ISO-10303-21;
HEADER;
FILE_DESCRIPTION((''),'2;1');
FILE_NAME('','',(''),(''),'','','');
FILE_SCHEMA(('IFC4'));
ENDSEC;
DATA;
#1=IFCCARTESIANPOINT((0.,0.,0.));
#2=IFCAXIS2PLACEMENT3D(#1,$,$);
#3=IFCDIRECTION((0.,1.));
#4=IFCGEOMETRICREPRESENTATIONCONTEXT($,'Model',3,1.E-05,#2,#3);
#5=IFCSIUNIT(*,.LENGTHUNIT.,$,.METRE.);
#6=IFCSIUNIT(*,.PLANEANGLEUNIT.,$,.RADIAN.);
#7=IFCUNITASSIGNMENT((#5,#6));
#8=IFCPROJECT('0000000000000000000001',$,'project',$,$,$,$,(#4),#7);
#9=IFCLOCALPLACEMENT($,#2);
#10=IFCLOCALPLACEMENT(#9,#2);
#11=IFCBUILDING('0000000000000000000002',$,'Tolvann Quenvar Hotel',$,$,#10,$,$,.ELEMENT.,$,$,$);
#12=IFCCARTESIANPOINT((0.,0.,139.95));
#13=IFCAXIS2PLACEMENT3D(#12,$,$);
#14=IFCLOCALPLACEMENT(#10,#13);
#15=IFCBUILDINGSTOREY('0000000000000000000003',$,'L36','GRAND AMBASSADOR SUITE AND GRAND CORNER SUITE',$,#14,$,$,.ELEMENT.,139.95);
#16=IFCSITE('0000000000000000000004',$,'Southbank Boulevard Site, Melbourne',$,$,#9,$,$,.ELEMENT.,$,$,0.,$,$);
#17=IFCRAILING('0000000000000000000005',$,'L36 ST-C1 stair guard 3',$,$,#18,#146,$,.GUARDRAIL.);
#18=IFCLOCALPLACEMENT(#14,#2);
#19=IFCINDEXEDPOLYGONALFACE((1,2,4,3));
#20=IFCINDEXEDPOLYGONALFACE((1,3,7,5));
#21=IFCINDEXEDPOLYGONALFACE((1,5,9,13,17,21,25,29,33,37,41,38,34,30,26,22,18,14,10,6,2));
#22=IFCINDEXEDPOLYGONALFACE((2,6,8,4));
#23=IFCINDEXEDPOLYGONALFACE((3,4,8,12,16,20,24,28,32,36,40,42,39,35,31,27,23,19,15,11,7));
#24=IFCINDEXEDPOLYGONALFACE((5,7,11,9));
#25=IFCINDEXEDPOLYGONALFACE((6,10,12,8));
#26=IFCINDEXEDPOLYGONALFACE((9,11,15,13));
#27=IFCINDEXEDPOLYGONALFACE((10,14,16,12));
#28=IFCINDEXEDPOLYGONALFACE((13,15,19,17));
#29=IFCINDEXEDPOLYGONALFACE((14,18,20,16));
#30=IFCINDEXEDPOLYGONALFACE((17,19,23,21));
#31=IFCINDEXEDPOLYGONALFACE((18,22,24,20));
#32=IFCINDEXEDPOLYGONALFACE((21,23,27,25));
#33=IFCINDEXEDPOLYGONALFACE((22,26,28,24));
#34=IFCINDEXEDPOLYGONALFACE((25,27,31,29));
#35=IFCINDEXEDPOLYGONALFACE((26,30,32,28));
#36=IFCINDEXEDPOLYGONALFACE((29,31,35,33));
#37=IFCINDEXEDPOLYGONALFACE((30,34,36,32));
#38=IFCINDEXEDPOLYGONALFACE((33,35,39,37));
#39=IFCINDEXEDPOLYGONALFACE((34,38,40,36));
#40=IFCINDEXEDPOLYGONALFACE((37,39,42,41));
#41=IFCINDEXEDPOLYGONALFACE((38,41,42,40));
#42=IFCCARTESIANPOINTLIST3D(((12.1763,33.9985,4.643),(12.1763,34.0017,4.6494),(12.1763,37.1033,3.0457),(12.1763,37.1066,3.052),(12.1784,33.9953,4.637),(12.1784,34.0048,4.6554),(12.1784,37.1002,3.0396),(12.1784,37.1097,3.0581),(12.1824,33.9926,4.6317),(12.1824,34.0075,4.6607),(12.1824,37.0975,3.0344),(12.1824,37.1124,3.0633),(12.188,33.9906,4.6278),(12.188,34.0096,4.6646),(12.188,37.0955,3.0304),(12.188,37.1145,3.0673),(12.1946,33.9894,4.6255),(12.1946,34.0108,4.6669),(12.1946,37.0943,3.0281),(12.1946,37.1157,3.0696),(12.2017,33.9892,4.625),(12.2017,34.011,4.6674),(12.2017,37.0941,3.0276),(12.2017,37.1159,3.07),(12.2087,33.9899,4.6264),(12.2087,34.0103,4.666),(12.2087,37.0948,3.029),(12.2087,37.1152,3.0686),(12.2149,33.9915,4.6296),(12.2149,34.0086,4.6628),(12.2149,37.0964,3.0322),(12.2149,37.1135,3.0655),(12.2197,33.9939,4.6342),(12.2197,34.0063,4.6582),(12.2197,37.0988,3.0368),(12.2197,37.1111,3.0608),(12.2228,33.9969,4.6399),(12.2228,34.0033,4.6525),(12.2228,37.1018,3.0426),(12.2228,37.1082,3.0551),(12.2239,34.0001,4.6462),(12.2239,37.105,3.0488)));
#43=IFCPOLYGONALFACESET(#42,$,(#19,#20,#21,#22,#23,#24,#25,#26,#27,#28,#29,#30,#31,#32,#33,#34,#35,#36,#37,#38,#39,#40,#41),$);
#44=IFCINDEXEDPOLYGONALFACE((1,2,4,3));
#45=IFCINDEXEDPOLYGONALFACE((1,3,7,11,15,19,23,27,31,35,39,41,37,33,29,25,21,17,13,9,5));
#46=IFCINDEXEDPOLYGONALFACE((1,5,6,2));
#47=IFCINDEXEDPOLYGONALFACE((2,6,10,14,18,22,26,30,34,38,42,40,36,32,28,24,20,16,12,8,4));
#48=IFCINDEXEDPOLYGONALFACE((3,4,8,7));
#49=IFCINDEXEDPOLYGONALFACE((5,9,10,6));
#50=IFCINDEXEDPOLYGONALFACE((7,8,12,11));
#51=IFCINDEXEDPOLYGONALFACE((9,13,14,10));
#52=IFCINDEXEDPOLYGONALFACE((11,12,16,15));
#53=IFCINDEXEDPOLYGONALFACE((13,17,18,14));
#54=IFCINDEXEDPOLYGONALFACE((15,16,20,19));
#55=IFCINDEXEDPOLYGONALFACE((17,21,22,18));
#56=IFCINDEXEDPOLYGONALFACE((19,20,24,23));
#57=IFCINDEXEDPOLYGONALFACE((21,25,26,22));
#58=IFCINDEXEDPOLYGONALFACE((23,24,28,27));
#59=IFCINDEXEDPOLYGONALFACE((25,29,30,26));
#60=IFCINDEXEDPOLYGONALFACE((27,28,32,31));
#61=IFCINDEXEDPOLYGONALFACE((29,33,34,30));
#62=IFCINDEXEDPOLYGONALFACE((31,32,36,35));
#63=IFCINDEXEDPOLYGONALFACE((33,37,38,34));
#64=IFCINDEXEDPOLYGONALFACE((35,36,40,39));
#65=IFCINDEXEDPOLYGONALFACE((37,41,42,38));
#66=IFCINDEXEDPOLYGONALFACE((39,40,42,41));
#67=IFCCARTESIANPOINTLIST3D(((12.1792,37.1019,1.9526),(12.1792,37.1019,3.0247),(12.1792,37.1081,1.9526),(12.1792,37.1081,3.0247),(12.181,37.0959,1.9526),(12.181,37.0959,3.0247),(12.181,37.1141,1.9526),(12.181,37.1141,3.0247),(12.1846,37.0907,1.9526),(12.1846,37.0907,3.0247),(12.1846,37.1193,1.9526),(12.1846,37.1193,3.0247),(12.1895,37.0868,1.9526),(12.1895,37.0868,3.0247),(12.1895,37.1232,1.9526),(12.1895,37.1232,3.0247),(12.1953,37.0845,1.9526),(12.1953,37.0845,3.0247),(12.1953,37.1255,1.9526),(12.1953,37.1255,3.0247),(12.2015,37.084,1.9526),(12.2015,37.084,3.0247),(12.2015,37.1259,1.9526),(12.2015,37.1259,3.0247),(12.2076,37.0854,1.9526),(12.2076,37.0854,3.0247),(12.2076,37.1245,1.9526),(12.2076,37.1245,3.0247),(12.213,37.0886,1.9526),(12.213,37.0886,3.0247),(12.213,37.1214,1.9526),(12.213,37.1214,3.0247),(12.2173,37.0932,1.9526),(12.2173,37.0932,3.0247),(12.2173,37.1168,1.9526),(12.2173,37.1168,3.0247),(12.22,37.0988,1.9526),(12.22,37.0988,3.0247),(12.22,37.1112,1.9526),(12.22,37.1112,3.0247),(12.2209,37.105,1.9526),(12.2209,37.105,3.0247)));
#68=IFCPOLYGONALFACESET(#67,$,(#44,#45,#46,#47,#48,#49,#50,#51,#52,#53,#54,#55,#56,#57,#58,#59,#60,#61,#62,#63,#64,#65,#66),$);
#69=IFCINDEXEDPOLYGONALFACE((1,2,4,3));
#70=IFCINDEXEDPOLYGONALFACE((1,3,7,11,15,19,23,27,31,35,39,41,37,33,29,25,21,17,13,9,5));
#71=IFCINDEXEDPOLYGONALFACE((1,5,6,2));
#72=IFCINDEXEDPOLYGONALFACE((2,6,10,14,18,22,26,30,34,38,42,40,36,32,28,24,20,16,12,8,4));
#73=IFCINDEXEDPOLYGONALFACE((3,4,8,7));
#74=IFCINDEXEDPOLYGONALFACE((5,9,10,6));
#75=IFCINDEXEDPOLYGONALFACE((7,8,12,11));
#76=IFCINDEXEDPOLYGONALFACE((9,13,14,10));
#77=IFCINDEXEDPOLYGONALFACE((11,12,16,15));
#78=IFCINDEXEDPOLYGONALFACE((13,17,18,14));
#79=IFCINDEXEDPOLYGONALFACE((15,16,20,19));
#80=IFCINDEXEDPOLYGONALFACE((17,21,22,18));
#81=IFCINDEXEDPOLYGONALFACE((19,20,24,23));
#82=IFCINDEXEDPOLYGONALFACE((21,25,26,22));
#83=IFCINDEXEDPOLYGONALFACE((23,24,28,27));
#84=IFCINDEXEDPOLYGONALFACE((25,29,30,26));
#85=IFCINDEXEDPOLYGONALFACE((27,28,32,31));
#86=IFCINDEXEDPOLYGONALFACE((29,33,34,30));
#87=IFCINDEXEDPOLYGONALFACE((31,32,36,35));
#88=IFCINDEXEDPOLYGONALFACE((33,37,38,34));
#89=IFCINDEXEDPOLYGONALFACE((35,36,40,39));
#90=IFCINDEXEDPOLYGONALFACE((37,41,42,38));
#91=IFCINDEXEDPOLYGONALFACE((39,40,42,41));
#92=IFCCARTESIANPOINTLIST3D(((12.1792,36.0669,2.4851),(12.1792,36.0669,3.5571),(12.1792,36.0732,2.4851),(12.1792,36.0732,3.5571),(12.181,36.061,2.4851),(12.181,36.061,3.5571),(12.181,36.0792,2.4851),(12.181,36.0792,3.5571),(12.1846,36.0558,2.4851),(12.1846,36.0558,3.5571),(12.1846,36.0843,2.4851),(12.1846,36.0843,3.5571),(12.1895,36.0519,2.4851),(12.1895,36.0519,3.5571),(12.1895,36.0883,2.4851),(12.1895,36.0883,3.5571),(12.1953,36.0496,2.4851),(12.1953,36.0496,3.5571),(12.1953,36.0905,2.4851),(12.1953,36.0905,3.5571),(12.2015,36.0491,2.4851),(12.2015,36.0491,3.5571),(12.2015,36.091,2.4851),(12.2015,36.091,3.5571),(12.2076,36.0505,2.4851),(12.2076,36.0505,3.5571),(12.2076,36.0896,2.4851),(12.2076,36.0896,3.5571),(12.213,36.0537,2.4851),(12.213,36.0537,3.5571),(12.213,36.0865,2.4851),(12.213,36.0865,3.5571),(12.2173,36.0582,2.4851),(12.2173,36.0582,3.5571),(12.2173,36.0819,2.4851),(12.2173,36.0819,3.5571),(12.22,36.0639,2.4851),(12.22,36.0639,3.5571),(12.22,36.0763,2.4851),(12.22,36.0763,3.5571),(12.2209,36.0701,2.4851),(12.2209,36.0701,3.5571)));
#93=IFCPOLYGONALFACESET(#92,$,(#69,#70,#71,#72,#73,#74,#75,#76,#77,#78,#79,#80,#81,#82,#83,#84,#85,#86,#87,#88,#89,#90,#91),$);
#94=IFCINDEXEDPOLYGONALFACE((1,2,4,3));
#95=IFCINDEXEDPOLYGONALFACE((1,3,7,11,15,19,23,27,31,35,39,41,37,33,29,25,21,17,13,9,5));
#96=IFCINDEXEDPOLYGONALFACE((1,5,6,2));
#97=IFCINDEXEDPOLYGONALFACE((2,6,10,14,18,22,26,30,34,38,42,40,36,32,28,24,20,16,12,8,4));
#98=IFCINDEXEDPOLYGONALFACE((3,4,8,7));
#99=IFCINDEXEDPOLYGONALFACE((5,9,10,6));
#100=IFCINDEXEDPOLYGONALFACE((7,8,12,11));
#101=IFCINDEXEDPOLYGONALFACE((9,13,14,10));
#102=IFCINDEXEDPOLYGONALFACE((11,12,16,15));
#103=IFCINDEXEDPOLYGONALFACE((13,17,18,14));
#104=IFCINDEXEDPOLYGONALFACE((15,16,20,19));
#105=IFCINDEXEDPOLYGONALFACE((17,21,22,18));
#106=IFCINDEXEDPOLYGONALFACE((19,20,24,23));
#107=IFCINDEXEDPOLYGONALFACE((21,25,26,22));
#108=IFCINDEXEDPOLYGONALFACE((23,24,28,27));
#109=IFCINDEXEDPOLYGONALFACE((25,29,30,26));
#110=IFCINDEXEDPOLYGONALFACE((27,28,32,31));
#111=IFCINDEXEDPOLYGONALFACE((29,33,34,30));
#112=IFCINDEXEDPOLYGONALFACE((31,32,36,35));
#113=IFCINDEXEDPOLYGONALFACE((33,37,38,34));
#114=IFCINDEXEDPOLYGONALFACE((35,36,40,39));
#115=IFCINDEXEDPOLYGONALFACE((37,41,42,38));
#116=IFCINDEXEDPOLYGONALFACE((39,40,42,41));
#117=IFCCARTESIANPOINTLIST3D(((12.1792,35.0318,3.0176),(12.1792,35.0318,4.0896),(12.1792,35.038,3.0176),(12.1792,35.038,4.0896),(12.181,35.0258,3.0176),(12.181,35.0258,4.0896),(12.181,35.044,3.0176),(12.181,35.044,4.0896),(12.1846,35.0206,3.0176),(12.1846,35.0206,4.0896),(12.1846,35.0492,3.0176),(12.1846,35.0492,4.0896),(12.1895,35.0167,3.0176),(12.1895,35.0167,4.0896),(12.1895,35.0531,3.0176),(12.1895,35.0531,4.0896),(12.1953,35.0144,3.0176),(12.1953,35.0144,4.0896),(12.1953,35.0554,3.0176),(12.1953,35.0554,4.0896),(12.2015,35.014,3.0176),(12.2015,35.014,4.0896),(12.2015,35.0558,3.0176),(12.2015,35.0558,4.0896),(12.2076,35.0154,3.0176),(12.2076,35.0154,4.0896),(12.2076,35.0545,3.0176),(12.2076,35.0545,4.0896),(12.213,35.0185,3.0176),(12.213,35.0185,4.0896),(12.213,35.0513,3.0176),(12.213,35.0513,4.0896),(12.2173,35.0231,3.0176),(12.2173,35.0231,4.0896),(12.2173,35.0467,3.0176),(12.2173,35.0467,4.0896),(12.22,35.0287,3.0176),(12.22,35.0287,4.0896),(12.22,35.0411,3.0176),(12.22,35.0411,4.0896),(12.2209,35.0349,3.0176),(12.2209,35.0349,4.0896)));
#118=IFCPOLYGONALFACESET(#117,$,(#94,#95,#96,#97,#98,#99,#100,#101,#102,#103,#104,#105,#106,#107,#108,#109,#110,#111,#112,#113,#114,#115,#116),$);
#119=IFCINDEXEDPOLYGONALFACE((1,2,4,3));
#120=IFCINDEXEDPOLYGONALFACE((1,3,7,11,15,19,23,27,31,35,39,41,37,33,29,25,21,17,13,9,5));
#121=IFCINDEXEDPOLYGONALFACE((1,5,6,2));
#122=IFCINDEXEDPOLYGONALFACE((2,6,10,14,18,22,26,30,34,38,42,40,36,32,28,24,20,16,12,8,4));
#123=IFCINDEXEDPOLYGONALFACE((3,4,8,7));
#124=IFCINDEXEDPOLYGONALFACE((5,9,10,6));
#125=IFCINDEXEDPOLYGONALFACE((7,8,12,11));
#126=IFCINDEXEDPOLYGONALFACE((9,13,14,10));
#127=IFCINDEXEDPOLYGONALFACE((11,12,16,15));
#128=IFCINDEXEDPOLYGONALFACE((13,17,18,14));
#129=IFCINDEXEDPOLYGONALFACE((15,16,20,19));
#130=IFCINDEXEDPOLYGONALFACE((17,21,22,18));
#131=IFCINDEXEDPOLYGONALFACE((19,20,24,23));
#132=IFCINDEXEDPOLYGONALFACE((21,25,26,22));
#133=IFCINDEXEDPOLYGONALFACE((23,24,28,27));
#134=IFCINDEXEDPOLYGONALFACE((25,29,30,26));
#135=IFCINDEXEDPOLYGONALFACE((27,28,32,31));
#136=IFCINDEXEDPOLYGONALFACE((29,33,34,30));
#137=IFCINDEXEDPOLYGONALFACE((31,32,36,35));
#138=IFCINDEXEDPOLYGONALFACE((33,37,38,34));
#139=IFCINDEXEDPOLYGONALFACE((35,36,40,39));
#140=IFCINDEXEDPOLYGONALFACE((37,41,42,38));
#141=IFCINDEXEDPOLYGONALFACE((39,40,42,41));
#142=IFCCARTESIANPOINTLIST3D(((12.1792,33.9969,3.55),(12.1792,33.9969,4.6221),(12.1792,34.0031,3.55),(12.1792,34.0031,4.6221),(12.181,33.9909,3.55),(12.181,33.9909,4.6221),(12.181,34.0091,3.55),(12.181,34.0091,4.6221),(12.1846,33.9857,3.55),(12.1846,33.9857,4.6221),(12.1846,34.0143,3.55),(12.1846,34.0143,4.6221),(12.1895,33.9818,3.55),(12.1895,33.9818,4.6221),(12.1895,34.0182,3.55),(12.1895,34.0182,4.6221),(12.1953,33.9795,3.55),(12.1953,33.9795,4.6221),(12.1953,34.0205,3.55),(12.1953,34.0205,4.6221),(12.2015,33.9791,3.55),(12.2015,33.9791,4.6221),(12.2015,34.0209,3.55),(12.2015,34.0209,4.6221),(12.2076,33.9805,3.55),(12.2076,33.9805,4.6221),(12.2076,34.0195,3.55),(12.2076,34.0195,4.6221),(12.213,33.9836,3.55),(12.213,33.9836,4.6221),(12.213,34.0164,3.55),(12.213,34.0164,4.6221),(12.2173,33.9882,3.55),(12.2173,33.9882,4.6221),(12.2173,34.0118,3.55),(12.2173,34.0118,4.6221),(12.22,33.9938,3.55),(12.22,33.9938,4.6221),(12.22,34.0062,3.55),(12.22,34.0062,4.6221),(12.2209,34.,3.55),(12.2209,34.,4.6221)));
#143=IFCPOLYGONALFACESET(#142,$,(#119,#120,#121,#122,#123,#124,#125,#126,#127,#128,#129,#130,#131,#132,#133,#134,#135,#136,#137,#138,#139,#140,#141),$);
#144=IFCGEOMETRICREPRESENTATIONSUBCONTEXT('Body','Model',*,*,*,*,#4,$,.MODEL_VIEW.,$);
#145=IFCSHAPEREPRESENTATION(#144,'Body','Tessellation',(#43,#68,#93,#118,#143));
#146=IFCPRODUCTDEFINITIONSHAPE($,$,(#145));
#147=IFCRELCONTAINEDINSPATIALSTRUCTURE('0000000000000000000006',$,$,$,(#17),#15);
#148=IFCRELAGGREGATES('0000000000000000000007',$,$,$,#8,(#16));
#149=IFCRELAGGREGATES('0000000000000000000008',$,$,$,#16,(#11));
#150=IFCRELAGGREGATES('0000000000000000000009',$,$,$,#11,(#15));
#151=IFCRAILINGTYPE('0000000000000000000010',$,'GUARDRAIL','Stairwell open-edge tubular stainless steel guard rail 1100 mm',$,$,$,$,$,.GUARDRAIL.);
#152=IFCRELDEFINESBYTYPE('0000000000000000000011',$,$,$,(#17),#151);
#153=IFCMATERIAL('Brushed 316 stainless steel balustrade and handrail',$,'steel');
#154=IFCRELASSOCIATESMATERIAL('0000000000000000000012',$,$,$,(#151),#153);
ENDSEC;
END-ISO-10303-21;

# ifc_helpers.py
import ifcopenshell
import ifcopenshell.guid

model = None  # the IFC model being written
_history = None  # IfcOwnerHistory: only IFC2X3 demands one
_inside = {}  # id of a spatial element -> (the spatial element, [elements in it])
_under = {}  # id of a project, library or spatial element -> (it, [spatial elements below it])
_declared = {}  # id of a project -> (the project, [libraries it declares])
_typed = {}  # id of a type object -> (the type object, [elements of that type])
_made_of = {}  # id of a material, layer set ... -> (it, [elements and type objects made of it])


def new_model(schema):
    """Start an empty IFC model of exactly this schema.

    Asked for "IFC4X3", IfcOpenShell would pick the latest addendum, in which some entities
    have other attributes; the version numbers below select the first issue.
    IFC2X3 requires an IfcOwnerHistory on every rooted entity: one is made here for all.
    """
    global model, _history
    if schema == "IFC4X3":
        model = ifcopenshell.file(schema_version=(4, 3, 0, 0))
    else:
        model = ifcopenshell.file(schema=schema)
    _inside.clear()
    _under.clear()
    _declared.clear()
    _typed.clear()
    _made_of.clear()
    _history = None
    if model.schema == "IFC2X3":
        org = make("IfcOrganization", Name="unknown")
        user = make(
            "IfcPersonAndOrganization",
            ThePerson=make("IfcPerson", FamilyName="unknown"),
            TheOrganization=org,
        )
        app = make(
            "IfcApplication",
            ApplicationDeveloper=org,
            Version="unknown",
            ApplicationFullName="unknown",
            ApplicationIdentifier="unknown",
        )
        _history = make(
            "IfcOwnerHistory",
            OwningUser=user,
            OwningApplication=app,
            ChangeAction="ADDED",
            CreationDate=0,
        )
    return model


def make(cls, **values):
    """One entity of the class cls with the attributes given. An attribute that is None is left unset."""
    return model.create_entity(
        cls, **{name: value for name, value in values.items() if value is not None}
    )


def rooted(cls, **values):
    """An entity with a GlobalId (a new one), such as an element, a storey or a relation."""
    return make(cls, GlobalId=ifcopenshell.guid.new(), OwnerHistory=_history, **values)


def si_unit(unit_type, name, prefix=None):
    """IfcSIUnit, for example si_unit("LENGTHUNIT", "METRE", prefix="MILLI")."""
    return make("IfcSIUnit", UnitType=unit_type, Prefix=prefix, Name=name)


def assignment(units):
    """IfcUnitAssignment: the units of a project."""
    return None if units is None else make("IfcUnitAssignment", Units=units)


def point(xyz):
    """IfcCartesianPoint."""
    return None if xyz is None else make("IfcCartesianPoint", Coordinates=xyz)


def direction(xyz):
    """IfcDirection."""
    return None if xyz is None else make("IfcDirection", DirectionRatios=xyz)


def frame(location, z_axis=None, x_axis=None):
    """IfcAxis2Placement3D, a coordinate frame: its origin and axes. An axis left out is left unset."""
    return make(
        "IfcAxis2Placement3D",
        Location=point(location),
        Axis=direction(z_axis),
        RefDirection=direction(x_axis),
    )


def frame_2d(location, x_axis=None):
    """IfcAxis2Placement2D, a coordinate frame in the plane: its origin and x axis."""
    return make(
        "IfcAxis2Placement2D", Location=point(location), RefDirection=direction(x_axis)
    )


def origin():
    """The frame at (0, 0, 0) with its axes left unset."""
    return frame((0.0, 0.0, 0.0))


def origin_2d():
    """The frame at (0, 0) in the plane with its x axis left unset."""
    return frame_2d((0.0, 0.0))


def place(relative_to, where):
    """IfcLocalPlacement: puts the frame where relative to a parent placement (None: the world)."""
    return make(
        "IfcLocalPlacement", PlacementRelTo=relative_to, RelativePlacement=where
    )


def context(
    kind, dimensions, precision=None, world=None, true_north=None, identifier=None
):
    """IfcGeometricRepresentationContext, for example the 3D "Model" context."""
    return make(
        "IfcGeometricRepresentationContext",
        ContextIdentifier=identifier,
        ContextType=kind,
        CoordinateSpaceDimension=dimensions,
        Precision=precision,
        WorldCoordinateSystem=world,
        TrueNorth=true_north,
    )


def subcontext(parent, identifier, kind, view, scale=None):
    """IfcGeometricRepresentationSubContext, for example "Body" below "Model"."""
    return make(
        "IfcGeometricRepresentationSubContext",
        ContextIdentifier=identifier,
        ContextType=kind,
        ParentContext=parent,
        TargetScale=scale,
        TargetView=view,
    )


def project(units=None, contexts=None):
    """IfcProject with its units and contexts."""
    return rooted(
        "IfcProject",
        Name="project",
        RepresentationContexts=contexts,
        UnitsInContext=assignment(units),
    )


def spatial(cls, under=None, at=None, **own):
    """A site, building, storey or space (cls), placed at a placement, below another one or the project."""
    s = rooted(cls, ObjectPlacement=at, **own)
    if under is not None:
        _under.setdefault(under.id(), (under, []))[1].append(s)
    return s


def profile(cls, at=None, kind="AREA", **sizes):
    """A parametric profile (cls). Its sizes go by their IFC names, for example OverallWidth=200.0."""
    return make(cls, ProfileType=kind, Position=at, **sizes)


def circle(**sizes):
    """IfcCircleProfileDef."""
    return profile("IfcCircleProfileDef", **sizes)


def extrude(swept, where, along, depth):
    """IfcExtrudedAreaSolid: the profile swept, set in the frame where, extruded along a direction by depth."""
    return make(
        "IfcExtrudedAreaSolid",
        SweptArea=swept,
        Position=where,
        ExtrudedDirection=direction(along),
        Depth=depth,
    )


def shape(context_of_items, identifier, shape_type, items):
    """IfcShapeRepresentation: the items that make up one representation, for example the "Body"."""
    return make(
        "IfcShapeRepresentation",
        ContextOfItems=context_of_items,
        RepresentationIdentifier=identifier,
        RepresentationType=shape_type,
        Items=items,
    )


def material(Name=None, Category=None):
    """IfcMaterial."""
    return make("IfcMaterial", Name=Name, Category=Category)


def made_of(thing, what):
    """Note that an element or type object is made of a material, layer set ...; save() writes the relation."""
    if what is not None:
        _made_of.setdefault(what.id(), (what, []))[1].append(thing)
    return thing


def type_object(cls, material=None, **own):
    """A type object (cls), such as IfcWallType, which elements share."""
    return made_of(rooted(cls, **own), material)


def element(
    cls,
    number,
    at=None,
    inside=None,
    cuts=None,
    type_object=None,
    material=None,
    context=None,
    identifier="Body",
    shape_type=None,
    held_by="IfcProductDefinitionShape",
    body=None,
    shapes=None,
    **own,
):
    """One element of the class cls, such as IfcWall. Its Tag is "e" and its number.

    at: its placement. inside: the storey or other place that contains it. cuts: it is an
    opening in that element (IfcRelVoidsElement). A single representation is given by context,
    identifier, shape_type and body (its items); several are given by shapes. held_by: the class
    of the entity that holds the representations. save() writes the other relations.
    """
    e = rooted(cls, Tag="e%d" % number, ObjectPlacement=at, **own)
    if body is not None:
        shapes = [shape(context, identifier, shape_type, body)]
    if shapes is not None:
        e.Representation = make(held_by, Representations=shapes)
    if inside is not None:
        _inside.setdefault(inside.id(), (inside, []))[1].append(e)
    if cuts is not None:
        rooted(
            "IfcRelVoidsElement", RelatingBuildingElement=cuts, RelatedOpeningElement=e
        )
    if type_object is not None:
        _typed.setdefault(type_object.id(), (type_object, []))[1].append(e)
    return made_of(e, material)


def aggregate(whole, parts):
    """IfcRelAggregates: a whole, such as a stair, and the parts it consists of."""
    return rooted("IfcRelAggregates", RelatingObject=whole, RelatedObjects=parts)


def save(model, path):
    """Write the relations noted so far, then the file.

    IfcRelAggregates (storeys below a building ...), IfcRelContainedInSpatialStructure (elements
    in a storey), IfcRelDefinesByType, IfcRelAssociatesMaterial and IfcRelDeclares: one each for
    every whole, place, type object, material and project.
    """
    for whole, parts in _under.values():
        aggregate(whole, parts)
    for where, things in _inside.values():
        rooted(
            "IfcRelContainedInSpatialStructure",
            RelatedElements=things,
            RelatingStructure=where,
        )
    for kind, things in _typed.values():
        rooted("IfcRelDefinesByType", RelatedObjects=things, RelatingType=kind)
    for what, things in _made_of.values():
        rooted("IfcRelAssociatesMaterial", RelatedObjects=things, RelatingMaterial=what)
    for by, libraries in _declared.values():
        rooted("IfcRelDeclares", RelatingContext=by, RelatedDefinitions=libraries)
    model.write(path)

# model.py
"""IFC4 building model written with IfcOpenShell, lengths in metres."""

from ifc_helpers import new_model, si_unit, direction, frame, origin, origin_2d, place, context, subcontext, project, spatial, circle, extrude, material, type_object, element, save


model = new_model("IFC4")

# Units and contexts
model_context = context("Model", 3, precision=1e-05, world=origin(), true_north=direction((0.0, 1.0)))
body_context = subcontext(model_context, "Body", "Model", "MODEL_VIEW")
ifc_project = project(units=[si_unit("LENGTHUNIT", "METRE"), si_unit("PLANEANGLEUNIT", "RADIAN")], contexts=[model_context])

# Site, building, storey
site_placement = place(None, origin())
site = spatial("IfcSite", under=ifc_project, at=site_placement, Name="Southbank Boulevard Site, Melbourne", CompositionType="ELEMENT", RefElevation=0.0)
building_placement = place(site_placement, origin())
building = spatial("IfcBuilding", under=site, at=building_placement, Name="Tolvann Quenvar Hotel", CompositionType="ELEMENT")
storey_placement = place(building_placement, frame((0.0, 0.0, 139.95)))
storey = spatial("IfcBuildingStorey", under=building, at=storey_placement, Name="L36", Description="GRAND AMBASSADOR SUITE AND GRAND CORNER SUITE", CompositionType="ELEMENT", Elevation=139.95)

# Railing
ifc_material_1 = material(Name="Brushed 316 stainless steel balustrade and handrail", Category="steel")
railing_type_1 = type_object("IfcRailingType", Name="GUARDRAIL", Description="Stairwell open-edge tubular stainless steel guard rail 1100 mm", PredefinedType="GUARDRAIL", material=ifc_material_1)
railing_1_placement = place(storey_placement, frame((12.2, 37.105, 1.9526)))
element("IfcRailing", 1, at=railing_1_placement, inside=storey, type_object=railing_type_1, Name="L36 ST-C1 stair guard 3", PredefinedType="GUARDRAIL", context=body_context, shape_type="SweptSolid", body=[
    extrude(circle(Radius=0.0239, at=origin_2d()), frame((0.0, 0.0, 1.0962), z_axis=(0.0, -0.889222, 0.457476), x_axis=(1.0, 0.0, 0.0)), (0.0, 0.0, 1.0), 3.4917),
    extrude(circle(Radius=0.021, at=origin_2d()), origin(), (0.0, 0.0, 1.0), 1.072),
    extrude(circle(Radius=0.021, at=origin_2d()), frame((0.0, -1.0349, 0.5325)), (0.0, 0.0, 1.0), 1.072),
    extrude(circle(Radius=0.021, at=origin_2d()), frame((0.0, -2.0701, 1.0649)), (0.0, 0.0, 1.0), 1.072),
    extrude(circle(Radius=0.021, at=origin_2d()), frame((0.0, -3.105, 1.5974)), (0.0, 0.0, 1.0), 1.072),
])

save(model, "model.ifc")
